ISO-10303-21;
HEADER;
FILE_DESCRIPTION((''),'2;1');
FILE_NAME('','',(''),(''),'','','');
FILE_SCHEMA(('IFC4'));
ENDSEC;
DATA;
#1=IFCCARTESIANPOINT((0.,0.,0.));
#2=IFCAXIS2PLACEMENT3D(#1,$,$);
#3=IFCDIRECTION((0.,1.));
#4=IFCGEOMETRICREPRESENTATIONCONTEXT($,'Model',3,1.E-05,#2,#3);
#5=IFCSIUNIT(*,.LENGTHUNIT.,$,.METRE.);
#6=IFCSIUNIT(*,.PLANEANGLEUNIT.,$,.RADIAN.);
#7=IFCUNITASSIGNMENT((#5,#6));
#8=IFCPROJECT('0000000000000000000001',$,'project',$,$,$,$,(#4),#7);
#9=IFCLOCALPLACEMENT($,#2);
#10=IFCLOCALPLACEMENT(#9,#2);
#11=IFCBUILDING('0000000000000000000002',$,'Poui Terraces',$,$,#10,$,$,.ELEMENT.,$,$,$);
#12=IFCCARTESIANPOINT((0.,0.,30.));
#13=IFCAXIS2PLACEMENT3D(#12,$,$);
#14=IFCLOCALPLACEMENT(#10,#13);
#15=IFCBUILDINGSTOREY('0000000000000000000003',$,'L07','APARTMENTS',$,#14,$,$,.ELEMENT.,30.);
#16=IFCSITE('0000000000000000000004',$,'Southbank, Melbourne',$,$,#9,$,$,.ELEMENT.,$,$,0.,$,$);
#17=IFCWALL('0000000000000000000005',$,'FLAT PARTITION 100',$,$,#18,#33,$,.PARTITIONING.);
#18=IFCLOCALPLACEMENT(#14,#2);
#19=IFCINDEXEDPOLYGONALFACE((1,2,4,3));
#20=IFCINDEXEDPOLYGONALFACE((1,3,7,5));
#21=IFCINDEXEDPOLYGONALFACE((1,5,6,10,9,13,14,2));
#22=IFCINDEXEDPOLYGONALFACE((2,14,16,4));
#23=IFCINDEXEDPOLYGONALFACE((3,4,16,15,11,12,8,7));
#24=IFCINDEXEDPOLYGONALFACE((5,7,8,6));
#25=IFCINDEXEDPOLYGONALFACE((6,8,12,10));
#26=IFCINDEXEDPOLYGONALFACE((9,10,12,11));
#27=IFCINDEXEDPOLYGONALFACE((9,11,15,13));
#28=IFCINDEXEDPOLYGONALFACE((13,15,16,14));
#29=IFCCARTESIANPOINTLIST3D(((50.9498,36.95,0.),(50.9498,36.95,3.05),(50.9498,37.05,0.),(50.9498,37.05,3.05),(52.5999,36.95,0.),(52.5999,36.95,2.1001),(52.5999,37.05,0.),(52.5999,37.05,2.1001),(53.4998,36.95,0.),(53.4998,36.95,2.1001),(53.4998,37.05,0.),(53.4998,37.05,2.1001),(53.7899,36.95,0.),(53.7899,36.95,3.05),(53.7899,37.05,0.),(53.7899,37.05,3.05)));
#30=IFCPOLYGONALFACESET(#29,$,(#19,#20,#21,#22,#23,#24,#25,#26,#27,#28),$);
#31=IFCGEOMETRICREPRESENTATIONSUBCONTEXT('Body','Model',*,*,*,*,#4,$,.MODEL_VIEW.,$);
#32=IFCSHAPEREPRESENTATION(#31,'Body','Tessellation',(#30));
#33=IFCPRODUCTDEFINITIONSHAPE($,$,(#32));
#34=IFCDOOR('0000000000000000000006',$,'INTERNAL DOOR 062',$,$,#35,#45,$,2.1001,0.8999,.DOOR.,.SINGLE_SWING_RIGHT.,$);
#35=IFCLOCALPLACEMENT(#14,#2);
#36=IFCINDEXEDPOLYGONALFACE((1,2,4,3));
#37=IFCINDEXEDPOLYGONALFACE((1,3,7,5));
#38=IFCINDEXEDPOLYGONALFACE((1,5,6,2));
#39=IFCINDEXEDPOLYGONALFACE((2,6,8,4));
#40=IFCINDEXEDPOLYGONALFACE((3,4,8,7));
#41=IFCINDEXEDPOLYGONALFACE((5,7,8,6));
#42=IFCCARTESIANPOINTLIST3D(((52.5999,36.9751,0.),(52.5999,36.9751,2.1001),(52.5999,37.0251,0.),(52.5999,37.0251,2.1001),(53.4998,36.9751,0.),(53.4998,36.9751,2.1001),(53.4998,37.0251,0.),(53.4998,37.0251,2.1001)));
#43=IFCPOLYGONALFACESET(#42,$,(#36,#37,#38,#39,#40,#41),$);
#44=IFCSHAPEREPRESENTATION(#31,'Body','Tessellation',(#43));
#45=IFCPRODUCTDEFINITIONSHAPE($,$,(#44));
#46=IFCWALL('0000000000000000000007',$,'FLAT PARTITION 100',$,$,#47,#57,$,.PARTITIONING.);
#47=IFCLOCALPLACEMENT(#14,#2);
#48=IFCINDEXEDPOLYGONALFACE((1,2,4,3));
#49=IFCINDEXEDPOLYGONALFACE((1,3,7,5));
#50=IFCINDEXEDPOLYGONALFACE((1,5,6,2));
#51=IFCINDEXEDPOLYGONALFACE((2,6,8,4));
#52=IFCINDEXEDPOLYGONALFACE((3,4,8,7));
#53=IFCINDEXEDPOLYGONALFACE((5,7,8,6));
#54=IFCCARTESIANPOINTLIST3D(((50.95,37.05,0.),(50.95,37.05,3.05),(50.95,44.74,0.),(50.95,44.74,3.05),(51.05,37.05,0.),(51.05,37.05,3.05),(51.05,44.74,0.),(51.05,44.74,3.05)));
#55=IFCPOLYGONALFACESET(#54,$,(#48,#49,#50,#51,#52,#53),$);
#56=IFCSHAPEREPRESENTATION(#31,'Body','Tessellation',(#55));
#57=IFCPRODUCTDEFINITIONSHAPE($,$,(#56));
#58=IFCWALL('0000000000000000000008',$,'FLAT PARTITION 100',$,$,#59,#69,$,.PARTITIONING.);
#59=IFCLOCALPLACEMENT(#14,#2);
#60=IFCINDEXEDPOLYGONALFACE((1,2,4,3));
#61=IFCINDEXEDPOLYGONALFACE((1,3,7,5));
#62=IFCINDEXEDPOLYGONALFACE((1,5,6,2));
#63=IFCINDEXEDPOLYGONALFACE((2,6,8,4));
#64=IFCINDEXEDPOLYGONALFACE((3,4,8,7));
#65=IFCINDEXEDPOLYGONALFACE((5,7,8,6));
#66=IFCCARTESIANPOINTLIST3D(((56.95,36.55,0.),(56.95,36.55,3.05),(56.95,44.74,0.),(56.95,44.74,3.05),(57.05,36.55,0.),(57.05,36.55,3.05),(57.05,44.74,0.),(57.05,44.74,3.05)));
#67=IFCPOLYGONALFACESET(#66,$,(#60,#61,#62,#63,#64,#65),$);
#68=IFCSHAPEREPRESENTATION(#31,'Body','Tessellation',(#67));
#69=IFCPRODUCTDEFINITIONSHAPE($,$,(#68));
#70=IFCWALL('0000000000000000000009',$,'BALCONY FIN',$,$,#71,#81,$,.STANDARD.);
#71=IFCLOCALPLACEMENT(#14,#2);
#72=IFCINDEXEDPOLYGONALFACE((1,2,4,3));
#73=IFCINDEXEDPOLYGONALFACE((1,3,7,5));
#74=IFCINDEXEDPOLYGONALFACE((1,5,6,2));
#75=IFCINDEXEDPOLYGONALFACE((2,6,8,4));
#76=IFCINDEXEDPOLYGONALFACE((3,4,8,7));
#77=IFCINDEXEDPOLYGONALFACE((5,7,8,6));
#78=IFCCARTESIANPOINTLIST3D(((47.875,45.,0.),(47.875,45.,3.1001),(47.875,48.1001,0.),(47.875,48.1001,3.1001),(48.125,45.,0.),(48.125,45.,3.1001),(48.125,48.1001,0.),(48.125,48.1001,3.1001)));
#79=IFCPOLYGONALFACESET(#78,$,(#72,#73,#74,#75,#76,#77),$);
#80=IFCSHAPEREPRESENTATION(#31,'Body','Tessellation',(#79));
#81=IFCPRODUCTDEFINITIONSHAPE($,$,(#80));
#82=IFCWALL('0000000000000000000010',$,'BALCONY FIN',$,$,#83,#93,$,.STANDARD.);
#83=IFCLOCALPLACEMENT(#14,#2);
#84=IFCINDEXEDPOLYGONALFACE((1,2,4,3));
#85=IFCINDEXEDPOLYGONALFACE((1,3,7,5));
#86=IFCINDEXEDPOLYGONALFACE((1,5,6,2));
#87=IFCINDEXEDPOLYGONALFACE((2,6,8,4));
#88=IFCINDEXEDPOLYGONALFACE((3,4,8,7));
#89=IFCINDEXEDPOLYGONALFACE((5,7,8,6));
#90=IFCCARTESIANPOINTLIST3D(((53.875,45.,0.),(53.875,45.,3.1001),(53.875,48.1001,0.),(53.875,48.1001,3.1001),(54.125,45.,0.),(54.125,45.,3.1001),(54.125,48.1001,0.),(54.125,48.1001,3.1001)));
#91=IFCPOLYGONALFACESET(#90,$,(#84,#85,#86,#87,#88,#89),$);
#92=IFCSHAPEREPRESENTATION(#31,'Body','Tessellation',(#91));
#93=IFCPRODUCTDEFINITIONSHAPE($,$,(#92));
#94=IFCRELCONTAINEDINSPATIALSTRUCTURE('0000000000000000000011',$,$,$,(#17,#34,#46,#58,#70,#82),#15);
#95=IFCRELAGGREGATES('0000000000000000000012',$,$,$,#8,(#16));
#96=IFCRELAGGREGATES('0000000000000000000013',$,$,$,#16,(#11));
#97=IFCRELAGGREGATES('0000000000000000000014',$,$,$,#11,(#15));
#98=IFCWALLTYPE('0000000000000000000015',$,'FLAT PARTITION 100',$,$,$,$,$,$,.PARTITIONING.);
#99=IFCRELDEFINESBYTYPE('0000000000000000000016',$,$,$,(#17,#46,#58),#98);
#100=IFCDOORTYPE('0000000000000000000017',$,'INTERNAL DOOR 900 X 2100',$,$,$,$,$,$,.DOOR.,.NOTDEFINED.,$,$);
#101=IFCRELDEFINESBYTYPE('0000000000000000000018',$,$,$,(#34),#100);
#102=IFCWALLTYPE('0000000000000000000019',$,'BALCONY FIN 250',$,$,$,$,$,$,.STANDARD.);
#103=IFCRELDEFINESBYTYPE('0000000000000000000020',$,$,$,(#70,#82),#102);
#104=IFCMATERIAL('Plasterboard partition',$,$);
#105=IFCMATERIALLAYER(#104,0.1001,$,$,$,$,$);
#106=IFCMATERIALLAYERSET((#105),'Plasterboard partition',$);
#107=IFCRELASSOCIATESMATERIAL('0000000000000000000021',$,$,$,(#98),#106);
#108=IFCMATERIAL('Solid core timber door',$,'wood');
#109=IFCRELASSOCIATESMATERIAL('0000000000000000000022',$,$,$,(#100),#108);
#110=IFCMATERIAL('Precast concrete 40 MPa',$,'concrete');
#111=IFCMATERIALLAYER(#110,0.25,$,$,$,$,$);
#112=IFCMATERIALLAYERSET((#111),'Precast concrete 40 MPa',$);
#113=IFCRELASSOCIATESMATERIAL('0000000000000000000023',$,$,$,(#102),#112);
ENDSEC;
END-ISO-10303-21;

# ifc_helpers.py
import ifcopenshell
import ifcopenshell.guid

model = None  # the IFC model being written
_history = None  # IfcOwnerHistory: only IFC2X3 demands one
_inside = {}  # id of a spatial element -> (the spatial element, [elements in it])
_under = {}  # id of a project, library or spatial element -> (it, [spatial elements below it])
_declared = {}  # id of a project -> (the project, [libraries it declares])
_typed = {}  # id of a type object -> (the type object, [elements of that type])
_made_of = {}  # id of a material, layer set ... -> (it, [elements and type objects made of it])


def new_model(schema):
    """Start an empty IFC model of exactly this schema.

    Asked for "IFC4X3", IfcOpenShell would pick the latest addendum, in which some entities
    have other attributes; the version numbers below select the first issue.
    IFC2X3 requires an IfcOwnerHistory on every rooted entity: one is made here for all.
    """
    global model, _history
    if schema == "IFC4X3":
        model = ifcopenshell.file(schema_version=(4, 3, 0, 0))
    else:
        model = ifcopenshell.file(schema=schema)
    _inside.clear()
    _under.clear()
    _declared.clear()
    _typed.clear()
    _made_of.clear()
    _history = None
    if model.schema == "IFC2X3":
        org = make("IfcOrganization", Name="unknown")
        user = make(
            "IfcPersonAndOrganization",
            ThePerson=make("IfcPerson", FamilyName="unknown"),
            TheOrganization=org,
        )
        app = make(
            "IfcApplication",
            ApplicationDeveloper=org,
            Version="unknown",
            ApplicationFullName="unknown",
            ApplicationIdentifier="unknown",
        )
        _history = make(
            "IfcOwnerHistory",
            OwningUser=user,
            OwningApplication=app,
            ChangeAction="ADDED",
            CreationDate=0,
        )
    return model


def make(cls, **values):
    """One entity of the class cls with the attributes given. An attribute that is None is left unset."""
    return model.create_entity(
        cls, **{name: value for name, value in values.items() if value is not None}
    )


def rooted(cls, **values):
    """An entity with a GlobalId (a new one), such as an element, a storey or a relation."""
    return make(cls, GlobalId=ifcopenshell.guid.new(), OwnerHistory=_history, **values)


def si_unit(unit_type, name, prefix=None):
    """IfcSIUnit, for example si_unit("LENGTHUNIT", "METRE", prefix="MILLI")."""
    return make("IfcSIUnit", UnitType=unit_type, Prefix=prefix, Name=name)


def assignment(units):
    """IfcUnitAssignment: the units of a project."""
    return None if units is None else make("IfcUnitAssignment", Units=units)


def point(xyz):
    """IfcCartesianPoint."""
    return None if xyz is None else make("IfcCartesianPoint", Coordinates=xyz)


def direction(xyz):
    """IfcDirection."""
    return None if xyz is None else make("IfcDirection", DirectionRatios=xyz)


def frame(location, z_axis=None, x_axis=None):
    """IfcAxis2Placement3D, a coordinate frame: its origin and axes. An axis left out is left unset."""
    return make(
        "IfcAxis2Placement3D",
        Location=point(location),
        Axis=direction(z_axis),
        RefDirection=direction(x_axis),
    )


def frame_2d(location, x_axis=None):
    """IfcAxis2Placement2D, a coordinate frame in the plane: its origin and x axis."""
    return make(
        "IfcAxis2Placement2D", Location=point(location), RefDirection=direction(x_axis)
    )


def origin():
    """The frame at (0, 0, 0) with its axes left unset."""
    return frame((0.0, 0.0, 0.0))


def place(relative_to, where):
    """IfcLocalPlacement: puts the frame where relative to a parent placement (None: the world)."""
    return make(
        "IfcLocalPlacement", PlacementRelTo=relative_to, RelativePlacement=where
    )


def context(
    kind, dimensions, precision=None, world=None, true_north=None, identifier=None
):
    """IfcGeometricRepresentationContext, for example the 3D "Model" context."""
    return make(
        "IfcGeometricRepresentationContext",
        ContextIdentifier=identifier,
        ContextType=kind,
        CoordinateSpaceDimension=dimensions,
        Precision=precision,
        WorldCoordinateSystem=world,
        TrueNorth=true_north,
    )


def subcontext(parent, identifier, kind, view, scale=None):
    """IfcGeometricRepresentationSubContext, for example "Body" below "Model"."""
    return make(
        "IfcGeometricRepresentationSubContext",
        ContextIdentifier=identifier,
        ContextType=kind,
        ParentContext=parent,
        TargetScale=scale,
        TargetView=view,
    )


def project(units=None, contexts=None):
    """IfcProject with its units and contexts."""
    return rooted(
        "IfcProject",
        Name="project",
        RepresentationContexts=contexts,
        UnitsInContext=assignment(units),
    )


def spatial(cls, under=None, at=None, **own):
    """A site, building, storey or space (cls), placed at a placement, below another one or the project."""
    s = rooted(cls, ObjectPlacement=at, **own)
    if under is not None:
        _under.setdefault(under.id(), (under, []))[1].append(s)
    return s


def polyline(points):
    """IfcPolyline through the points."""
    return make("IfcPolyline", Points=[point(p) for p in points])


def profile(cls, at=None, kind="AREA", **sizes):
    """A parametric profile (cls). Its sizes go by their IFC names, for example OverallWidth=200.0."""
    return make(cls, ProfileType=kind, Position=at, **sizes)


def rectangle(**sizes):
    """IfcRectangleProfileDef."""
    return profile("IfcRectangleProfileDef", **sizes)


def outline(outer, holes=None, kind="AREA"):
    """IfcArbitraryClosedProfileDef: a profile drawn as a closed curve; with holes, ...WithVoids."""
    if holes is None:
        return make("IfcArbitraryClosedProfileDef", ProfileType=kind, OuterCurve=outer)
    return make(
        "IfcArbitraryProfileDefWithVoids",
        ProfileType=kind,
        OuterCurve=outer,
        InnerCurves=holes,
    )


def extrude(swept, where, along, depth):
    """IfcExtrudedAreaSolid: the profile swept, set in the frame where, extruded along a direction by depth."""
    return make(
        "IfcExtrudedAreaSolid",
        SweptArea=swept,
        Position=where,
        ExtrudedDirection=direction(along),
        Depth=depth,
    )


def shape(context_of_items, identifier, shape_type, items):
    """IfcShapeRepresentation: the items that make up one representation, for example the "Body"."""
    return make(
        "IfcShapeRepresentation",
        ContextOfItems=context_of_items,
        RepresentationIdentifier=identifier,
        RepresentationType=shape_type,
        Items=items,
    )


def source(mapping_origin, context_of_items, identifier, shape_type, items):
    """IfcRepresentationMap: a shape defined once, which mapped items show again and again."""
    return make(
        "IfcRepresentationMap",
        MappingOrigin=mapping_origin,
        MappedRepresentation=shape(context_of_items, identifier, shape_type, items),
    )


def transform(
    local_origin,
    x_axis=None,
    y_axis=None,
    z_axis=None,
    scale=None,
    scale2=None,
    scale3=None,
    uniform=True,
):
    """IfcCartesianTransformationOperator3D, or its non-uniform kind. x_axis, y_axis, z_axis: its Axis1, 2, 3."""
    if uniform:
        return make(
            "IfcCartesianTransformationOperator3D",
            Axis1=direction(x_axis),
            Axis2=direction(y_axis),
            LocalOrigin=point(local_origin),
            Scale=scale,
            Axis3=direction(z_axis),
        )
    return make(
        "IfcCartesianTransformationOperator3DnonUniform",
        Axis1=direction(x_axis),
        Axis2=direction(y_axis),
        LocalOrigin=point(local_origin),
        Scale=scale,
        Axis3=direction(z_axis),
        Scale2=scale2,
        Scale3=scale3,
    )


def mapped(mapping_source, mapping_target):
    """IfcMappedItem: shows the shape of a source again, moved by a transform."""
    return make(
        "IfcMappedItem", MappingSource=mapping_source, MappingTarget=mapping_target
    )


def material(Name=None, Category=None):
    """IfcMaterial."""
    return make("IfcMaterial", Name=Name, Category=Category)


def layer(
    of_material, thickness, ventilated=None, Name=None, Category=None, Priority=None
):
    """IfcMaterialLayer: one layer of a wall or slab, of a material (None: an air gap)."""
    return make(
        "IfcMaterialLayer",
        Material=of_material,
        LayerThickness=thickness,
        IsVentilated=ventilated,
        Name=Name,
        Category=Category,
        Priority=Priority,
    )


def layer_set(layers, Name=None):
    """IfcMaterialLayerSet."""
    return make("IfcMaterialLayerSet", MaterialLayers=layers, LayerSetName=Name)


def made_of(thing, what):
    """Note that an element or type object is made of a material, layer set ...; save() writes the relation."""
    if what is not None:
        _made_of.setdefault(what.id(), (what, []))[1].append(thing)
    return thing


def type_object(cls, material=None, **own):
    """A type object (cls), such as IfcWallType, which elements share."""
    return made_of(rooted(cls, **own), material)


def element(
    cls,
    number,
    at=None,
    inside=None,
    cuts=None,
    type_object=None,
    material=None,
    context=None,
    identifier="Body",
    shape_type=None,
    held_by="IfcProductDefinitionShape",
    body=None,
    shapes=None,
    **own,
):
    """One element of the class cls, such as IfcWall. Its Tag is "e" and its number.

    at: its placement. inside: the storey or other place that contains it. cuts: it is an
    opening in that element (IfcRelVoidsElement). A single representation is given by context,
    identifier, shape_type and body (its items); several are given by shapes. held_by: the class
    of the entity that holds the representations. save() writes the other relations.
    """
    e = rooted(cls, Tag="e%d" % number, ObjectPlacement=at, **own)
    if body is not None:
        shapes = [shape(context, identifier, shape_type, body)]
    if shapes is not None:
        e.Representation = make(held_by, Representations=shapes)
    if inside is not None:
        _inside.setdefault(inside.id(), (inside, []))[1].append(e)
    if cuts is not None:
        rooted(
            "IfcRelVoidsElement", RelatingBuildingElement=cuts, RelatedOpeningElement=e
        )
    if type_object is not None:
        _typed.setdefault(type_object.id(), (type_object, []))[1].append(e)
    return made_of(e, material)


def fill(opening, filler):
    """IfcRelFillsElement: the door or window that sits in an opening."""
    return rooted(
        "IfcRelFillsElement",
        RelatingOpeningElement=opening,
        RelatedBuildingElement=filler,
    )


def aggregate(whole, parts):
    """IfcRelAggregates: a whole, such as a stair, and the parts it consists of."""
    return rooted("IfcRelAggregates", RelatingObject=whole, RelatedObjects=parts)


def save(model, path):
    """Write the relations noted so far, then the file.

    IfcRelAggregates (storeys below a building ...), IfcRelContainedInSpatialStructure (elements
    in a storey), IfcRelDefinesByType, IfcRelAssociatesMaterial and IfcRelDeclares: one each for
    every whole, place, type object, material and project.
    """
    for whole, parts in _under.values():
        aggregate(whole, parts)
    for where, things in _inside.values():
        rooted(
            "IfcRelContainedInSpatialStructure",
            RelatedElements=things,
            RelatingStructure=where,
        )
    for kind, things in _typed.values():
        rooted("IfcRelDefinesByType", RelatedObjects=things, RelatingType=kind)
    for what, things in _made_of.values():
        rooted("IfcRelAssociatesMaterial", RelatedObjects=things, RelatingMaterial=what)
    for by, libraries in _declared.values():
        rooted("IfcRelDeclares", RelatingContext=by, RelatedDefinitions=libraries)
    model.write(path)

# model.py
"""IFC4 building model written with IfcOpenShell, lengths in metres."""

from ifc_helpers import new_model, si_unit, direction, frame, frame_2d, origin, place, context, subcontext, project, spatial, polyline, rectangle, outline, extrude, source, transform, mapped, material, layer, layer_set, type_object, element, fill, save


model = new_model("IFC4")

# Units and contexts
model_context = context("Model", 3, precision=1e-05, world=origin(), true_north=direction((0.0, 1.0)))
body_context = subcontext(model_context, "Body", "Model", "MODEL_VIEW")
ifc_project = project(units=[si_unit("LENGTHUNIT", "METRE"), si_unit("PLANEANGLEUNIT", "RADIAN")], contexts=[model_context])

# Site, building, storey
site_placement = place(None, origin())
site = spatial("IfcSite", under=ifc_project, at=site_placement, Name="Southbank, Melbourne", CompositionType="ELEMENT", RefElevation=0.0)
building_placement = place(site_placement, origin())
building = spatial("IfcBuilding", under=site, at=building_placement, Name="Poui Terraces", CompositionType="ELEMENT")
storey_placement = place(building_placement, frame((0.0, 0.0, 30.0)))
storey = spatial("IfcBuildingStorey", under=building, at=storey_placement, Name="L07", Description="APARTMENTS", CompositionType="ELEMENT", Elevation=30.0)

# Wall, opening, door
ifc_material_1 = material(Name="Plasterboard partition")
ifc_layer_1 = layer(ifc_material_1, 0.1001)
ifc_layer_set_1 = layer_set([ifc_layer_1], Name="Plasterboard partition")
wall_type_1 = type_object("IfcWallType", Name="FLAT PARTITION 100", PredefinedType="PARTITIONING", material=ifc_layer_set_1)
ifc_material_2 = material(Name="Solid core timber door", Category="wood")
door_type_1 = type_object("IfcDoorType", Name="INTERNAL DOOR 900 X 2100", OperationType="NOTDEFINED", PredefinedType="DOOR", material=ifc_material_2)
wall_1_placement = place(storey_placement, frame((50.95, 37.0, 0.0), z_axis=(0.0, 0.0, 1.0), x_axis=(1.0, 0.0, 0.0)))
wall_1 = element("IfcWall", 1, at=wall_1_placement, inside=storey, type_object=wall_type_1, Name="FLAT PARTITION 100", PredefinedType="PARTITIONING", context=body_context, shape_type="SweptSolid", body=[
    extrude(rectangle(XDim=2.8401, YDim=0.1001, at=frame_2d((1.4199, 0.0))), origin(), (0.0, 0.0, 1.0), 3.05),
])
opening_1_placement = place(wall_1_placement, frame((1.6499, 0.0, 0.0)))
opening_1 = element("IfcOpeningElement", 2, at=opening_1_placement, cuts=wall_1, PredefinedType="OPENING", context=body_context, shape_type="SweptSolid", body=[
    extrude(rectangle(XDim=0.8999, YDim=2.1001, at=frame_2d((0.45, 1.05))), frame((0.0, 0.0601, 0.0), z_axis=(0.0, -1.0, 0.0), x_axis=(1.0, 0.0, 0.0)), (0.0, 0.0, 1.0), 0.1201),
])
door_1_placement = place(opening_1_placement, frame((0.8999, 0.0, 0.0), z_axis=(0.0, 0.0, 1.0), x_axis=(-1.0, 0.0, 0.0)))
door_1 = element("IfcDoor", 3, at=door_1_placement, inside=storey, type_object=door_type_1, Name="INTERNAL DOOR 062", OperationType="SINGLE_SWING_RIGHT", OverallHeight=2.1001, OverallWidth=0.8999, PredefinedType="DOOR", context=body_context, shape_type="SweptSolid", body=[
    extrude(rectangle(XDim=0.8999, YDim=2.1001, at=frame_2d((0.45, 1.05))), frame((0.0, 0.0249, 0.0), z_axis=(0.0, -1.0, 0.0), x_axis=(1.0, 0.0, 0.0)), (0.0, 0.0, 1.0), 0.05),
])
fill(opening_1, door_1)

# Walls
wall_2_placement = place(storey_placement, frame((51.0, 37.05, 0.0), z_axis=(0.0, 0.0, 1.0), x_axis=(0.0, 1.0, 0.0)))
element("IfcWall", 4, at=wall_2_placement, inside=storey, type_object=wall_type_1, Name="FLAT PARTITION 100", PredefinedType="PARTITIONING", context=body_context, shape_type="SweptSolid", body=[
    extrude(rectangle(XDim=7.6899, YDim=0.1001, at=frame_2d((3.845, 0.0))), origin(), (0.0, 0.0, 1.0), 3.05),
])
wall_3_placement = place(storey_placement, frame((57.0, 36.55, 0.0), z_axis=(0.0, 0.0, 1.0), x_axis=(0.0, 1.0, 0.0)))
element("IfcWall", 5, at=wall_3_placement, inside=storey, type_object=wall_type_1, Name="FLAT PARTITION 100", PredefinedType="PARTITIONING", context=body_context, shape_type="SweptSolid", body=[
    extrude(rectangle(XDim=8.1899, YDim=0.1001, at=frame_2d((4.095, 0.0))), origin(), (0.0, 0.0, 1.0), 3.05),
])
ifc_material_3 = material(Name="Precast concrete 40 MPa", Category="concrete")
ifc_layer_2 = layer(ifc_material_3, 0.25)
ifc_layer_set_2 = layer_set([ifc_layer_2], Name="Precast concrete 40 MPa")
wall_type_2 = type_object("IfcWallType", Name="BALCONY FIN 250", PredefinedType="STANDARD", material=ifc_layer_set_2)
shared_shape_1 = source(origin(), body_context, "Body", "SweptSolid", [
    extrude(outline(polyline([(0.0, 0.0), (0.25, 0.0), (0.25, 3.1001), (0.0, 3.1001), (0.0, 0.0)])), origin(), (0.0, 0.0, 1.0), 3.1001),
])
for number, where, name in (
    (6, (47.875, 45.0, 0.0), "BALCONY FIN"),
    (7, (53.875, 45.0, 0.0), "BALCONY FIN"),
):
    element("IfcWall", number, at=place(storey_placement, frame(where)), inside=storey, type_object=wall_type_2, Name=name, PredefinedType="STANDARD", context=body_context, shape_type="MappedRepresentation", body=[
        mapped(shared_shape_1, transform((0.0, 0.0, 0.0))),
    ])

save(model, "model.ifc")
